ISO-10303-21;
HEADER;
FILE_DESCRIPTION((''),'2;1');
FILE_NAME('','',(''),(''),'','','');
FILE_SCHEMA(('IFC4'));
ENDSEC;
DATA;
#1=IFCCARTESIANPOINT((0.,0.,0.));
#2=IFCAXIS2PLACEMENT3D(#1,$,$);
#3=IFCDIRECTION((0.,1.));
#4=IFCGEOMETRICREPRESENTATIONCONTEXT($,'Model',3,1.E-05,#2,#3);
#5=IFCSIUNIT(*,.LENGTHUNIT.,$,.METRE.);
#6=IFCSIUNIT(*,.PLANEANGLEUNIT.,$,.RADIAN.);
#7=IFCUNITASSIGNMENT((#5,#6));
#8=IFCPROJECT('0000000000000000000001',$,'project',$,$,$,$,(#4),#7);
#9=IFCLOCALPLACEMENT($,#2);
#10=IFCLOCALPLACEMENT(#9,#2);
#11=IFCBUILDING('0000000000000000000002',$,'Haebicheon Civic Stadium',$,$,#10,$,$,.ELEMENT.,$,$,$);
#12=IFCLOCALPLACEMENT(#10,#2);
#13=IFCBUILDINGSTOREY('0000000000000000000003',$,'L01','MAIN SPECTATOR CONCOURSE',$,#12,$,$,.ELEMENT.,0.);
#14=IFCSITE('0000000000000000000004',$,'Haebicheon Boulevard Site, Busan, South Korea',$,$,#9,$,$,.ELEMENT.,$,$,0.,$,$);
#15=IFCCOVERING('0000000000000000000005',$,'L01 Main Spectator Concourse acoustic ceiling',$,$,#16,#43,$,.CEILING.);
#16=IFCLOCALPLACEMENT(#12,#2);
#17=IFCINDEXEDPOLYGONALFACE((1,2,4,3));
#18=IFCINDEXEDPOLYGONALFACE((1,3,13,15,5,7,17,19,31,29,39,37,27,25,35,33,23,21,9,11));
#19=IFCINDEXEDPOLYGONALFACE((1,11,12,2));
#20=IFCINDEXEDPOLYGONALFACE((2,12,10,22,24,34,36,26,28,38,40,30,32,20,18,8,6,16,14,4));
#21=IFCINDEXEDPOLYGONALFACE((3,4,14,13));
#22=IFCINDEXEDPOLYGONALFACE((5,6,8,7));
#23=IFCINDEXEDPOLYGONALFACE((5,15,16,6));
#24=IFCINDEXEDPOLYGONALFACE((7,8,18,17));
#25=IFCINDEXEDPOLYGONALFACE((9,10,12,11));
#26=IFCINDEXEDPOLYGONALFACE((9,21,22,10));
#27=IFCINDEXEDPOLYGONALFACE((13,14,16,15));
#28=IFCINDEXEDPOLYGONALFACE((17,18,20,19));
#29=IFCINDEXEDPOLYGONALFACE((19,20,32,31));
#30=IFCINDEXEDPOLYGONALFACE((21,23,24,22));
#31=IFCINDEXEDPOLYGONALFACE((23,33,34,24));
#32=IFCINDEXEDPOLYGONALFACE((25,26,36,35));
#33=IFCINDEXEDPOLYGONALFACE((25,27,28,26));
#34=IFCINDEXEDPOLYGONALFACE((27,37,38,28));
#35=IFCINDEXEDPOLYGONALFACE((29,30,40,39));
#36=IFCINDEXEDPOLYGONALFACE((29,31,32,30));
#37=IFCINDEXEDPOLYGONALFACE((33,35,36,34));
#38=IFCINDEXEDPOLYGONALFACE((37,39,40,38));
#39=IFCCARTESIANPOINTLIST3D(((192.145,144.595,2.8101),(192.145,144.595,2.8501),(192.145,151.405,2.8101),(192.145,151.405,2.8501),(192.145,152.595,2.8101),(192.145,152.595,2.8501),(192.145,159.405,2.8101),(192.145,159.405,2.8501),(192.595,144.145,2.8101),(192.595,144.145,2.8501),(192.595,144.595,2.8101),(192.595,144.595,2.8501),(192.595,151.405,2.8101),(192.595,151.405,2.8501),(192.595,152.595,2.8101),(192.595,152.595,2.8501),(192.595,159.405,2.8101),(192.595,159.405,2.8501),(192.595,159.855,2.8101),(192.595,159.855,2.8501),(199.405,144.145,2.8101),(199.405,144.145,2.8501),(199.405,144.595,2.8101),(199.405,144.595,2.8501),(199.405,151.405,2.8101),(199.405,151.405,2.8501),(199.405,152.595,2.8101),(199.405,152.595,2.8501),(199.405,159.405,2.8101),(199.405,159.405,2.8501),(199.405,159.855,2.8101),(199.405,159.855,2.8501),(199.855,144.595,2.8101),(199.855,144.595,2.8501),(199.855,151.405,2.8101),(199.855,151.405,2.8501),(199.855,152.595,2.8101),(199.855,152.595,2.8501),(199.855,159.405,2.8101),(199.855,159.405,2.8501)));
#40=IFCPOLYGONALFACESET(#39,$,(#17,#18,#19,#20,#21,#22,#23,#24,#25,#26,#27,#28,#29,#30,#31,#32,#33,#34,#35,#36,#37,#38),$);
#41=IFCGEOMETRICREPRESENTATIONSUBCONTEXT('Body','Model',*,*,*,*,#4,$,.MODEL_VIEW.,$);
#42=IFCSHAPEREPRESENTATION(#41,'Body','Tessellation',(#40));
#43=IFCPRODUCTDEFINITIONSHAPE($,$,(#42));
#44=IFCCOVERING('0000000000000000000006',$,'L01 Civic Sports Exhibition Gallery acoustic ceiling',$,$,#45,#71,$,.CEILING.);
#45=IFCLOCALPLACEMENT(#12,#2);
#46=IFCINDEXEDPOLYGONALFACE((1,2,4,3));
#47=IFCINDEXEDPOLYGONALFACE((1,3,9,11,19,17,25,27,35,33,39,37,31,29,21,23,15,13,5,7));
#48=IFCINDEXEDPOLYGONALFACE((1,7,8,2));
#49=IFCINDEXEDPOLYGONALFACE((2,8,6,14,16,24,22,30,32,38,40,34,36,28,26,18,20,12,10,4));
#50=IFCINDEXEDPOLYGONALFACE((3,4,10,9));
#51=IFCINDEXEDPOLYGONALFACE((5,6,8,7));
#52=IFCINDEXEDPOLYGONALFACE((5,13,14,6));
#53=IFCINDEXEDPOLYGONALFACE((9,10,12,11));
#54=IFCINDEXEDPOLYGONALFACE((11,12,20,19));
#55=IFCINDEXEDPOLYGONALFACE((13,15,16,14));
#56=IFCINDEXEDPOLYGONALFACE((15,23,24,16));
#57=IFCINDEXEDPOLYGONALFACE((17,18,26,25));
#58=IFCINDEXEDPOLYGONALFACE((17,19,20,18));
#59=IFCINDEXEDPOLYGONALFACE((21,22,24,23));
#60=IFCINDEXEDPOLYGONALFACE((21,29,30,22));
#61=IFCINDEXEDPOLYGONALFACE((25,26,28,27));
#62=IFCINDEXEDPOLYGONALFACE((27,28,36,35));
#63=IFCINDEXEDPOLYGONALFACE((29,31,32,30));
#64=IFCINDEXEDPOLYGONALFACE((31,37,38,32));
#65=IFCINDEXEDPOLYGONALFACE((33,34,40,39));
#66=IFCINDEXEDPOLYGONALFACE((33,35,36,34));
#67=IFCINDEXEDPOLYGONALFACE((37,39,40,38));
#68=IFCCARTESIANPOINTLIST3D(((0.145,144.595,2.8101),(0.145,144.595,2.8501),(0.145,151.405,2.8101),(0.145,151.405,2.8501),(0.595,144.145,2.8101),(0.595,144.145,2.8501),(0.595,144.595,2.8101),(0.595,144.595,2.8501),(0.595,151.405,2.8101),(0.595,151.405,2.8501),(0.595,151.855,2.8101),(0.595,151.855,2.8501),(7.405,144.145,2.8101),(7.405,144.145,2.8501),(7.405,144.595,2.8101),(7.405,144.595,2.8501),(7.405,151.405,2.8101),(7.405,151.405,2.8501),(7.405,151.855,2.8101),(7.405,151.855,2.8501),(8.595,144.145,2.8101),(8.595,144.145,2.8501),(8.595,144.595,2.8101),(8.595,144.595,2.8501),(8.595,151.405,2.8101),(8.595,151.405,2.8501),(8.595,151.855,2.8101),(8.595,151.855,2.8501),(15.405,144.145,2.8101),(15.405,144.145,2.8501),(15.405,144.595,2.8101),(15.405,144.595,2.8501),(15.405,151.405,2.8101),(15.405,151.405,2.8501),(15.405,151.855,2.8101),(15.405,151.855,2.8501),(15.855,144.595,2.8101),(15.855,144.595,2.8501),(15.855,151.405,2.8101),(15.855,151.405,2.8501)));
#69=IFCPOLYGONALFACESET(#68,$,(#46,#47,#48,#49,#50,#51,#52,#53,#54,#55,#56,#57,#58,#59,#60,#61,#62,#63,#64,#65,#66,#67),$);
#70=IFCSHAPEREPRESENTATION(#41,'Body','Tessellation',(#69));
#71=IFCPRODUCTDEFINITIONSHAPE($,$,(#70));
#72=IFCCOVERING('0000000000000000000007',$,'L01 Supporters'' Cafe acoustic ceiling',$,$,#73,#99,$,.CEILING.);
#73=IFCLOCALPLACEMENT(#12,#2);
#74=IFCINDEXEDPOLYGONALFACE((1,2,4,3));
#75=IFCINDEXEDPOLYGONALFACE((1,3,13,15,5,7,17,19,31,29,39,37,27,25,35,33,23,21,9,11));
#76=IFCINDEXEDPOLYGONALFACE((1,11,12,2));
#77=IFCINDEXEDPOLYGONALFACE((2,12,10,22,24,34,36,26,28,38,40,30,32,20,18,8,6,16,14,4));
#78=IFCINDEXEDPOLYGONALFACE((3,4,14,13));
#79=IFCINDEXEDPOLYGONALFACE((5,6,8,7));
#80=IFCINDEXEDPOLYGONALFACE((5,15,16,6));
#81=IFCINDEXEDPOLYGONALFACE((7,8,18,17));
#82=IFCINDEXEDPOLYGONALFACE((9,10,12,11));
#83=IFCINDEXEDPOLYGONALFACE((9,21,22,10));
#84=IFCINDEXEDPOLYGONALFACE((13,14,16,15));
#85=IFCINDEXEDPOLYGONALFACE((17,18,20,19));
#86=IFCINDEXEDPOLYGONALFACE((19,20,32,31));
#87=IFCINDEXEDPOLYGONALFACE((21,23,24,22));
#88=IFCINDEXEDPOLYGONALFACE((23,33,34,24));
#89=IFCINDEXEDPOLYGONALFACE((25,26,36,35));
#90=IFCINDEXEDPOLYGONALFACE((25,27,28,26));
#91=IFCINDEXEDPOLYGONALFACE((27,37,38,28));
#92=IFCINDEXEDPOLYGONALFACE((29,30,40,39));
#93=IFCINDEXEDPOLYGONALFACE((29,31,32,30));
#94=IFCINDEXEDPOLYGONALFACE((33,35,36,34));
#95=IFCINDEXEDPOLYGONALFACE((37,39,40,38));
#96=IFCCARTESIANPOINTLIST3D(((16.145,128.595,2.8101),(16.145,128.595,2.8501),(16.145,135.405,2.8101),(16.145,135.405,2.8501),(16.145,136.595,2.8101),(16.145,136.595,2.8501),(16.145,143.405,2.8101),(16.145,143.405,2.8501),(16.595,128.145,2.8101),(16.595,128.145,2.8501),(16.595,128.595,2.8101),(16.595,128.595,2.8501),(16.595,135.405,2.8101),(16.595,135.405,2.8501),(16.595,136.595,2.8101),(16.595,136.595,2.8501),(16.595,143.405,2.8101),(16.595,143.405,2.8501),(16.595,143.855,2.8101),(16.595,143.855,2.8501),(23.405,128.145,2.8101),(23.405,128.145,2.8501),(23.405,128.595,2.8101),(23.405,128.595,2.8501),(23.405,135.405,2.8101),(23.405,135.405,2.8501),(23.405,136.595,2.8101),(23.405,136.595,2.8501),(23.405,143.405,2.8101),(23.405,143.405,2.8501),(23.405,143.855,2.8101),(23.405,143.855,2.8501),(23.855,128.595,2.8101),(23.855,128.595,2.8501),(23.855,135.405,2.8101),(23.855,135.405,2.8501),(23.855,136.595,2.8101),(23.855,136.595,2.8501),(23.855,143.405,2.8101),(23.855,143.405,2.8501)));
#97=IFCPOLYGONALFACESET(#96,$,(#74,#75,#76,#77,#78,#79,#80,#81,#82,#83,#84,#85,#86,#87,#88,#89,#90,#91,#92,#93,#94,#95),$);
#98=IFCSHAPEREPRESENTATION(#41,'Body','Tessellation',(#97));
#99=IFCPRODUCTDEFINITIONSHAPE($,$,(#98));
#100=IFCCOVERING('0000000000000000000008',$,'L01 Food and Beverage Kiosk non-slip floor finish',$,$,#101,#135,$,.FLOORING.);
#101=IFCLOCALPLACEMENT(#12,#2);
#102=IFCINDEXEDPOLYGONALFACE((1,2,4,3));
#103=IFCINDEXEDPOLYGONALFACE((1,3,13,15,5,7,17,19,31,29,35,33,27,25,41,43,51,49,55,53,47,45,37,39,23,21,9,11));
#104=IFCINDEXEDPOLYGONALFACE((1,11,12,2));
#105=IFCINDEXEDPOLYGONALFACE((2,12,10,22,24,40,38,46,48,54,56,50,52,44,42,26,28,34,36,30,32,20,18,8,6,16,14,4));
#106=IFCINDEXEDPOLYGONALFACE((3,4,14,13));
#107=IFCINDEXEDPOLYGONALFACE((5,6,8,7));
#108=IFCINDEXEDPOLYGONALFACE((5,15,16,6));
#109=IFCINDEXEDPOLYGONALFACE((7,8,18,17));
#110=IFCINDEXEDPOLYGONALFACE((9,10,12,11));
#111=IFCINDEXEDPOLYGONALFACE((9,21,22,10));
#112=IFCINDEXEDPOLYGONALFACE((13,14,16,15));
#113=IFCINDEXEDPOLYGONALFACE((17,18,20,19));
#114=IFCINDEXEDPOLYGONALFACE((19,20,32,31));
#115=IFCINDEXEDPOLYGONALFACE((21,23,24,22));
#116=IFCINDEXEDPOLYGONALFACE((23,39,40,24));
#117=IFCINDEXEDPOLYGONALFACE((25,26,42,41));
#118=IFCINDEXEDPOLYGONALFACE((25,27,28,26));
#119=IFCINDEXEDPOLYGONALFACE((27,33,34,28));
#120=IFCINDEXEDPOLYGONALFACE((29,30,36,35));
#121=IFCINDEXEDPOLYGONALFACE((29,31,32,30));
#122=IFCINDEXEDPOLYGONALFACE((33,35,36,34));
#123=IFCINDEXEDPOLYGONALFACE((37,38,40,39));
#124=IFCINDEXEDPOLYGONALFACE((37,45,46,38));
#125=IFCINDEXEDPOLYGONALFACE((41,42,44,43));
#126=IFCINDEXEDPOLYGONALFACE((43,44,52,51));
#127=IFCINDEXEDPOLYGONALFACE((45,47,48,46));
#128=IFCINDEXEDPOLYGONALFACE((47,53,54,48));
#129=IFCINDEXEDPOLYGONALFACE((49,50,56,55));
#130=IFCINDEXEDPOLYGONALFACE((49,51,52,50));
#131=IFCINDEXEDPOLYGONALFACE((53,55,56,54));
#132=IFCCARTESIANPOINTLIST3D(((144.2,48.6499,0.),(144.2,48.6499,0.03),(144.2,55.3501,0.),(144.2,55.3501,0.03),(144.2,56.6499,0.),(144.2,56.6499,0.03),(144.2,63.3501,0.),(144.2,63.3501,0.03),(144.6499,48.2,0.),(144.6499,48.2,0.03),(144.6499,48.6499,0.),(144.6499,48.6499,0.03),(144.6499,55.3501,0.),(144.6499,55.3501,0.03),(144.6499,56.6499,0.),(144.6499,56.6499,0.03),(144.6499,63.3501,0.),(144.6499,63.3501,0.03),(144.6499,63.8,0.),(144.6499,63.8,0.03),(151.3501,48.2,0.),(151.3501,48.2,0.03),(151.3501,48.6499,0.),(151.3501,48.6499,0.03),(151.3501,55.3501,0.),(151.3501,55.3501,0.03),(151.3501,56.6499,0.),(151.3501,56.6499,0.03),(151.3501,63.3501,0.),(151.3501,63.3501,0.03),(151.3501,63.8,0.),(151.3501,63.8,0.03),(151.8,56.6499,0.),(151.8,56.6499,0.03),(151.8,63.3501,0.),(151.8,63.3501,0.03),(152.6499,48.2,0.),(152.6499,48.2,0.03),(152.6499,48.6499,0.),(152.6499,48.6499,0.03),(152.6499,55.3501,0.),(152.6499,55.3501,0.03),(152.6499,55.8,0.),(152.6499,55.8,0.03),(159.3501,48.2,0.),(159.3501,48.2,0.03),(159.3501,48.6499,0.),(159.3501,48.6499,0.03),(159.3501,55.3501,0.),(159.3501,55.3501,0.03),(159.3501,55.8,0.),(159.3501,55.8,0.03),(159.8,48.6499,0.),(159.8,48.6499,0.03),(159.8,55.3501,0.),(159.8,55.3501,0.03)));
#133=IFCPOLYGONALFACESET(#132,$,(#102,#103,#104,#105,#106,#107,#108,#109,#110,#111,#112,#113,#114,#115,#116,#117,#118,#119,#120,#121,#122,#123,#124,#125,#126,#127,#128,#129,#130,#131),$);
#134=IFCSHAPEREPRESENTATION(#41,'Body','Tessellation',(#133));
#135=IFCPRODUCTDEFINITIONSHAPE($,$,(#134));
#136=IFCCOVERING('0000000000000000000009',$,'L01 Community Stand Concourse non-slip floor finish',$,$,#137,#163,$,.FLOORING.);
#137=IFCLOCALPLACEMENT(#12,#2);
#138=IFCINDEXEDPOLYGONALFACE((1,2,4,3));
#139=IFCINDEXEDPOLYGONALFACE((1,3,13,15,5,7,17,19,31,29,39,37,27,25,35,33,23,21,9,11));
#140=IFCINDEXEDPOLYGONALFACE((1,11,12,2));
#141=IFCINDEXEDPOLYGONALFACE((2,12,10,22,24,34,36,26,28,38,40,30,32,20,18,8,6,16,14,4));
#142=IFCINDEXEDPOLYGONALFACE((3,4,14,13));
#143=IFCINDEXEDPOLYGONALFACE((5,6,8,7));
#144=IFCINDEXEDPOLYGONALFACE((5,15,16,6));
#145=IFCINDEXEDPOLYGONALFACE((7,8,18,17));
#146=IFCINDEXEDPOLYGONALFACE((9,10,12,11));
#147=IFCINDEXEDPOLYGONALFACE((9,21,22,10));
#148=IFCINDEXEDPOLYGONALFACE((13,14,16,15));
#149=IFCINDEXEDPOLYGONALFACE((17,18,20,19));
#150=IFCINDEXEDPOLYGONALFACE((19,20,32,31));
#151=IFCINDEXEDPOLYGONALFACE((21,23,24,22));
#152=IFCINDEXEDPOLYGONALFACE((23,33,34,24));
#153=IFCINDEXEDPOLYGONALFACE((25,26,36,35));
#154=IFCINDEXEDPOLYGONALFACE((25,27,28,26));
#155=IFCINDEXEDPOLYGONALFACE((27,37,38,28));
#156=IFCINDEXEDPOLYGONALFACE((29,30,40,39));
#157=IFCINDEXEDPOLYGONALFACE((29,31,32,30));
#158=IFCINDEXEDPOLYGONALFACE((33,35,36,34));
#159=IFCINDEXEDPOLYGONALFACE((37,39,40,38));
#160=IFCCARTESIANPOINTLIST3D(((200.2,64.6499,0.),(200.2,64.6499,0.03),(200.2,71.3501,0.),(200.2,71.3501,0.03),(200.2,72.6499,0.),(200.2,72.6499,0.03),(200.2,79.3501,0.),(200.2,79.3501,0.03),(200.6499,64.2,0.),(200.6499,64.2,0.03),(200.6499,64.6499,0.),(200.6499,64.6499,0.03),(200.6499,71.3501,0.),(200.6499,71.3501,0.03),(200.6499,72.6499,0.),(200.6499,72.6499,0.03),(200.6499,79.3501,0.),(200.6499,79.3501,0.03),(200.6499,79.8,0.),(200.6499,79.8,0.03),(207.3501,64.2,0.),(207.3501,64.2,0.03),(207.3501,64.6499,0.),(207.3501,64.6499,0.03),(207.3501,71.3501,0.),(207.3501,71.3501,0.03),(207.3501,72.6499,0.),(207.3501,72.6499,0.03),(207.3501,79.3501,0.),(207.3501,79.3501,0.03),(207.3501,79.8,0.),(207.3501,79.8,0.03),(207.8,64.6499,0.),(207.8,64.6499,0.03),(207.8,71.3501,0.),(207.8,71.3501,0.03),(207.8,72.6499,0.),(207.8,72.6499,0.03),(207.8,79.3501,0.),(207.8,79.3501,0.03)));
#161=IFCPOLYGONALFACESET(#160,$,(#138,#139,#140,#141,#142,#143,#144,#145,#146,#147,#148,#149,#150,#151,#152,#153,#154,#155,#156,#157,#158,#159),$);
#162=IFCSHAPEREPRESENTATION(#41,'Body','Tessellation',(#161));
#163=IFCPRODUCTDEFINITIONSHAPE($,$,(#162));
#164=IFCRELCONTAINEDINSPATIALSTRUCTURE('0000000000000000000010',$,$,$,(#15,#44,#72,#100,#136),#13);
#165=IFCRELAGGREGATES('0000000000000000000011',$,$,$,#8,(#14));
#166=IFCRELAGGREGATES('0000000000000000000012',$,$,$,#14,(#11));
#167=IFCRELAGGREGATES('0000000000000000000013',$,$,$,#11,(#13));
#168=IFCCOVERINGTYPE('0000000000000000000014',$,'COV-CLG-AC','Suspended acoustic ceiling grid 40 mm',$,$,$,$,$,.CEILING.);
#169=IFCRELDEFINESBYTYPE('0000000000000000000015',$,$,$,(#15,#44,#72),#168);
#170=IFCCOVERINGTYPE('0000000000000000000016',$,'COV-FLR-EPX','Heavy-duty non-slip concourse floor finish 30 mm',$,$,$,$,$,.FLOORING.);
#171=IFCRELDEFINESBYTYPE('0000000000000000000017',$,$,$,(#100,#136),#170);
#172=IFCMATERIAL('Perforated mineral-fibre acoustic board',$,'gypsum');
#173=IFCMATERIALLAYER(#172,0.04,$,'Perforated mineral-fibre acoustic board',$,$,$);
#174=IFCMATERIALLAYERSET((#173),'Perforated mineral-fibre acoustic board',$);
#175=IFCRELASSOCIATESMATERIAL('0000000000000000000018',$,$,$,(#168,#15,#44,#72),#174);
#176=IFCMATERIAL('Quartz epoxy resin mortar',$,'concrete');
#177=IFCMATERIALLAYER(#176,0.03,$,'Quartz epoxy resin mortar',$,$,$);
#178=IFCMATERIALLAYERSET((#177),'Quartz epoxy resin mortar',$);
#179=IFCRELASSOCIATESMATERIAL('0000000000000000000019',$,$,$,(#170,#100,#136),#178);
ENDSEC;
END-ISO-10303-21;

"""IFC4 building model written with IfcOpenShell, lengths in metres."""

from ifc_helpers import new_model, si_unit, direction, frame, origin, place, context, subcontext, project, spatial, polyline, outline, extrude, material, layer, layer_set, type_object, element, save


model = new_model("IFC4")

# Units and contexts
model_context = context("Model", 3, precision=1e-05, world=origin(), true_north=direction((0.0, 1.0)))
body_context = subcontext(model_context, "Body", "Model", "MODEL_VIEW")
ifc_project = project(units=[si_unit("LENGTHUNIT", "METRE"), si_unit("PLANEANGLEUNIT", "RADIAN")], contexts=[model_context])

# Site, building, storey
site_placement = place(None, origin())
site = spatial("IfcSite", under=ifc_project, at=site_placement, Name="Haebicheon Boulevard Site, Busan, South Korea", CompositionType="ELEMENT", RefElevation=0.0)
building_placement = place(site_placement, origin())
building = spatial("IfcBuilding", under=site, at=building_placement, Name="Haebicheon Civic Stadium", CompositionType="ELEMENT")
storey_placement = place(building_placement, origin())
storey = spatial("IfcBuildingStorey", under=building, at=storey_placement, Name="L01", Description="MAIN SPECTATOR CONCOURSE", CompositionType="ELEMENT", Elevation=0.0)

# Coverings
ifc_material_1 = material(Name="Perforated mineral-fibre acoustic board", Category="gypsum")
ifc_layer_1 = layer(ifc_material_1, 0.04, Name="Perforated mineral-fibre acoustic board")
ifc_layer_set_1 = layer_set([ifc_layer_1], Name="Perforated mineral-fibre acoustic board")
covering_type_1 = type_object("IfcCoveringType", Name="COV-CLG-AC", Description="Suspended acoustic ceiling grid 40 mm", PredefinedType="CEILING", material=ifc_layer_set_1)
covering_1_placement = place(storey_placement, frame((0.0, 0.0, 2.8101)))
element("IfcCovering", 1, at=covering_1_placement, inside=storey, type_object=covering_type_1, material=ifc_layer_set_1, Name="L01 Main Spectator Concourse acoustic ceiling", PredefinedType="CEILING", context=body_context, shape_type="SweptSolid", body=[
    extrude(outline(polyline([(192.595, 144.145), (192.595, 144.595), (192.145, 144.595), (192.145, 151.405), (192.595, 151.405), (192.595, 152.595), (192.145, 152.595), (192.145, 159.405), (192.595, 159.405), (192.595, 159.855), (199.405, 159.855), (199.405, 159.405), (199.855, 159.405), (199.855, 152.595), (199.405, 152.595), (199.405, 151.405), (199.855, 151.405), (199.855, 144.595), (199.405, 144.595), (199.405, 144.145), (192.595, 144.145)])), origin(), (0.0, 0.0, 1.0), 0.04),
])
covering_2_placement = place(storey_placement, frame((0.0, 0.0, 2.8101)))
element("IfcCovering", 2, at=covering_2_placement, inside=storey, type_object=covering_type_1, material=ifc_layer_set_1, Name="L01 Civic Sports Exhibition Gallery acoustic ceiling", PredefinedType="CEILING", context=body_context, shape_type="SweptSolid", body=[
    extrude(outline(polyline([(0.145, 151.405), (0.595, 151.405), (0.595, 151.855), (7.405, 151.855), (7.405, 151.405), (8.595, 151.405), (8.595, 151.855), (15.405, 151.855), (15.405, 151.405), (15.855, 151.405), (15.855, 144.595), (15.405, 144.595), (15.405, 144.145), (8.595, 144.145), (8.595, 144.595), (7.405, 144.595), (7.405, 144.145), (0.595, 144.145), (0.595, 144.595), (0.145, 144.595), (0.145, 151.405)])), origin(), (0.0, 0.0, 1.0), 0.04),
])
covering_3_placement = place(storey_placement, frame((0.0, 0.0, 2.8101)))
element("IfcCovering", 3, at=covering_3_placement, inside=storey, type_object=covering_type_1, material=ifc_layer_set_1, Name="L01 Supporters' Cafe acoustic ceiling", PredefinedType="CEILING", context=body_context, shape_type="SweptSolid", body=[
    extrude(outline(polyline([(16.595, 128.145), (16.595, 128.595), (16.145, 128.595), (16.145, 135.405), (16.595, 135.405), (16.595, 136.595), (16.145, 136.595), (16.145, 143.405), (16.595, 143.405), (16.595, 143.855), (23.405, 143.855), (23.405, 143.405), (23.855, 143.405), (23.855, 136.595), (23.405, 136.595), (23.405, 135.405), (23.855, 135.405), (23.855, 128.595), (23.405, 128.595), (23.405, 128.145), (16.595, 128.145)])), origin(), (0.0, 0.0, 1.0), 0.04),
])
ifc_material_2 = material(Name="Quartz epoxy resin mortar", Category="concrete")
ifc_layer_2 = layer(ifc_material_2, 0.03, Name="Quartz epoxy resin mortar")
ifc_layer_set_2 = layer_set([ifc_layer_2], Name="Quartz epoxy resin mortar")
covering_type_2 = type_object("IfcCoveringType", Name="COV-FLR-EPX", Description="Heavy-duty non-slip concourse floor finish 30 mm", PredefinedType="FLOORING", material=ifc_layer_set_2)
covering_4_placement = place(storey_placement, origin())
element("IfcCovering", 4, at=covering_4_placement, inside=storey, type_object=covering_type_2, material=ifc_layer_set_2, Name="L01 Food and Beverage Kiosk non-slip floor finish", PredefinedType="FLOORING", context=body_context, shape_type="SweptSolid", body=[
    extrude(outline(polyline([(144.2, 55.3501), (144.6499, 55.3501), (144.6499, 56.6499), (144.2, 56.6499), (144.2, 63.3501), (144.6499, 63.3501), (144.6499, 63.8), (151.3501, 63.8), (151.3501, 63.3501), (151.8, 63.3501), (151.8, 56.6499), (151.3501, 56.6499), (151.3501, 55.3501), (152.6499, 55.3501), (152.6499, 55.8), (159.3501, 55.8), (159.3501, 55.3501), (159.8, 55.3501), (159.8, 48.6499), (159.3501, 48.6499), (159.3501, 48.2), (152.6499, 48.2), (152.6499, 48.6499), (151.3501, 48.6499), (151.3501, 48.2), (144.6499, 48.2), (144.6499, 48.6499), (144.2, 48.6499), (144.2, 55.3501)])), origin(), (0.0, 0.0, 1.0), 0.03),
])
covering_5_placement = place(storey_placement, origin())
element("IfcCovering", 5, at=covering_5_placement, inside=storey, type_object=covering_type_2, material=ifc_layer_set_2, Name="L01 Community Stand Concourse non-slip floor finish", PredefinedType="FLOORING", context=body_context, shape_type="SweptSolid", body=[
    extrude(outline(polyline([(200.6499, 64.2), (200.6499, 64.6499), (200.2, 64.6499), (200.2, 71.3501), (200.6499, 71.3501), (200.6499, 72.6499), (200.2, 72.6499), (200.2, 79.3501), (200.6499, 79.3501), (200.6499, 79.8), (207.3501, 79.8), (207.3501, 79.3501), (207.8, 79.3501), (207.8, 72.6499), (207.3501, 72.6499), (207.3501, 71.3501), (207.8, 71.3501), (207.8, 64.6499), (207.3501, 64.6499), (207.3501, 64.2), (200.6499, 64.2)])), origin(), (0.0, 0.0, 1.0), 0.03),
])

save(model, "model.ifc")
